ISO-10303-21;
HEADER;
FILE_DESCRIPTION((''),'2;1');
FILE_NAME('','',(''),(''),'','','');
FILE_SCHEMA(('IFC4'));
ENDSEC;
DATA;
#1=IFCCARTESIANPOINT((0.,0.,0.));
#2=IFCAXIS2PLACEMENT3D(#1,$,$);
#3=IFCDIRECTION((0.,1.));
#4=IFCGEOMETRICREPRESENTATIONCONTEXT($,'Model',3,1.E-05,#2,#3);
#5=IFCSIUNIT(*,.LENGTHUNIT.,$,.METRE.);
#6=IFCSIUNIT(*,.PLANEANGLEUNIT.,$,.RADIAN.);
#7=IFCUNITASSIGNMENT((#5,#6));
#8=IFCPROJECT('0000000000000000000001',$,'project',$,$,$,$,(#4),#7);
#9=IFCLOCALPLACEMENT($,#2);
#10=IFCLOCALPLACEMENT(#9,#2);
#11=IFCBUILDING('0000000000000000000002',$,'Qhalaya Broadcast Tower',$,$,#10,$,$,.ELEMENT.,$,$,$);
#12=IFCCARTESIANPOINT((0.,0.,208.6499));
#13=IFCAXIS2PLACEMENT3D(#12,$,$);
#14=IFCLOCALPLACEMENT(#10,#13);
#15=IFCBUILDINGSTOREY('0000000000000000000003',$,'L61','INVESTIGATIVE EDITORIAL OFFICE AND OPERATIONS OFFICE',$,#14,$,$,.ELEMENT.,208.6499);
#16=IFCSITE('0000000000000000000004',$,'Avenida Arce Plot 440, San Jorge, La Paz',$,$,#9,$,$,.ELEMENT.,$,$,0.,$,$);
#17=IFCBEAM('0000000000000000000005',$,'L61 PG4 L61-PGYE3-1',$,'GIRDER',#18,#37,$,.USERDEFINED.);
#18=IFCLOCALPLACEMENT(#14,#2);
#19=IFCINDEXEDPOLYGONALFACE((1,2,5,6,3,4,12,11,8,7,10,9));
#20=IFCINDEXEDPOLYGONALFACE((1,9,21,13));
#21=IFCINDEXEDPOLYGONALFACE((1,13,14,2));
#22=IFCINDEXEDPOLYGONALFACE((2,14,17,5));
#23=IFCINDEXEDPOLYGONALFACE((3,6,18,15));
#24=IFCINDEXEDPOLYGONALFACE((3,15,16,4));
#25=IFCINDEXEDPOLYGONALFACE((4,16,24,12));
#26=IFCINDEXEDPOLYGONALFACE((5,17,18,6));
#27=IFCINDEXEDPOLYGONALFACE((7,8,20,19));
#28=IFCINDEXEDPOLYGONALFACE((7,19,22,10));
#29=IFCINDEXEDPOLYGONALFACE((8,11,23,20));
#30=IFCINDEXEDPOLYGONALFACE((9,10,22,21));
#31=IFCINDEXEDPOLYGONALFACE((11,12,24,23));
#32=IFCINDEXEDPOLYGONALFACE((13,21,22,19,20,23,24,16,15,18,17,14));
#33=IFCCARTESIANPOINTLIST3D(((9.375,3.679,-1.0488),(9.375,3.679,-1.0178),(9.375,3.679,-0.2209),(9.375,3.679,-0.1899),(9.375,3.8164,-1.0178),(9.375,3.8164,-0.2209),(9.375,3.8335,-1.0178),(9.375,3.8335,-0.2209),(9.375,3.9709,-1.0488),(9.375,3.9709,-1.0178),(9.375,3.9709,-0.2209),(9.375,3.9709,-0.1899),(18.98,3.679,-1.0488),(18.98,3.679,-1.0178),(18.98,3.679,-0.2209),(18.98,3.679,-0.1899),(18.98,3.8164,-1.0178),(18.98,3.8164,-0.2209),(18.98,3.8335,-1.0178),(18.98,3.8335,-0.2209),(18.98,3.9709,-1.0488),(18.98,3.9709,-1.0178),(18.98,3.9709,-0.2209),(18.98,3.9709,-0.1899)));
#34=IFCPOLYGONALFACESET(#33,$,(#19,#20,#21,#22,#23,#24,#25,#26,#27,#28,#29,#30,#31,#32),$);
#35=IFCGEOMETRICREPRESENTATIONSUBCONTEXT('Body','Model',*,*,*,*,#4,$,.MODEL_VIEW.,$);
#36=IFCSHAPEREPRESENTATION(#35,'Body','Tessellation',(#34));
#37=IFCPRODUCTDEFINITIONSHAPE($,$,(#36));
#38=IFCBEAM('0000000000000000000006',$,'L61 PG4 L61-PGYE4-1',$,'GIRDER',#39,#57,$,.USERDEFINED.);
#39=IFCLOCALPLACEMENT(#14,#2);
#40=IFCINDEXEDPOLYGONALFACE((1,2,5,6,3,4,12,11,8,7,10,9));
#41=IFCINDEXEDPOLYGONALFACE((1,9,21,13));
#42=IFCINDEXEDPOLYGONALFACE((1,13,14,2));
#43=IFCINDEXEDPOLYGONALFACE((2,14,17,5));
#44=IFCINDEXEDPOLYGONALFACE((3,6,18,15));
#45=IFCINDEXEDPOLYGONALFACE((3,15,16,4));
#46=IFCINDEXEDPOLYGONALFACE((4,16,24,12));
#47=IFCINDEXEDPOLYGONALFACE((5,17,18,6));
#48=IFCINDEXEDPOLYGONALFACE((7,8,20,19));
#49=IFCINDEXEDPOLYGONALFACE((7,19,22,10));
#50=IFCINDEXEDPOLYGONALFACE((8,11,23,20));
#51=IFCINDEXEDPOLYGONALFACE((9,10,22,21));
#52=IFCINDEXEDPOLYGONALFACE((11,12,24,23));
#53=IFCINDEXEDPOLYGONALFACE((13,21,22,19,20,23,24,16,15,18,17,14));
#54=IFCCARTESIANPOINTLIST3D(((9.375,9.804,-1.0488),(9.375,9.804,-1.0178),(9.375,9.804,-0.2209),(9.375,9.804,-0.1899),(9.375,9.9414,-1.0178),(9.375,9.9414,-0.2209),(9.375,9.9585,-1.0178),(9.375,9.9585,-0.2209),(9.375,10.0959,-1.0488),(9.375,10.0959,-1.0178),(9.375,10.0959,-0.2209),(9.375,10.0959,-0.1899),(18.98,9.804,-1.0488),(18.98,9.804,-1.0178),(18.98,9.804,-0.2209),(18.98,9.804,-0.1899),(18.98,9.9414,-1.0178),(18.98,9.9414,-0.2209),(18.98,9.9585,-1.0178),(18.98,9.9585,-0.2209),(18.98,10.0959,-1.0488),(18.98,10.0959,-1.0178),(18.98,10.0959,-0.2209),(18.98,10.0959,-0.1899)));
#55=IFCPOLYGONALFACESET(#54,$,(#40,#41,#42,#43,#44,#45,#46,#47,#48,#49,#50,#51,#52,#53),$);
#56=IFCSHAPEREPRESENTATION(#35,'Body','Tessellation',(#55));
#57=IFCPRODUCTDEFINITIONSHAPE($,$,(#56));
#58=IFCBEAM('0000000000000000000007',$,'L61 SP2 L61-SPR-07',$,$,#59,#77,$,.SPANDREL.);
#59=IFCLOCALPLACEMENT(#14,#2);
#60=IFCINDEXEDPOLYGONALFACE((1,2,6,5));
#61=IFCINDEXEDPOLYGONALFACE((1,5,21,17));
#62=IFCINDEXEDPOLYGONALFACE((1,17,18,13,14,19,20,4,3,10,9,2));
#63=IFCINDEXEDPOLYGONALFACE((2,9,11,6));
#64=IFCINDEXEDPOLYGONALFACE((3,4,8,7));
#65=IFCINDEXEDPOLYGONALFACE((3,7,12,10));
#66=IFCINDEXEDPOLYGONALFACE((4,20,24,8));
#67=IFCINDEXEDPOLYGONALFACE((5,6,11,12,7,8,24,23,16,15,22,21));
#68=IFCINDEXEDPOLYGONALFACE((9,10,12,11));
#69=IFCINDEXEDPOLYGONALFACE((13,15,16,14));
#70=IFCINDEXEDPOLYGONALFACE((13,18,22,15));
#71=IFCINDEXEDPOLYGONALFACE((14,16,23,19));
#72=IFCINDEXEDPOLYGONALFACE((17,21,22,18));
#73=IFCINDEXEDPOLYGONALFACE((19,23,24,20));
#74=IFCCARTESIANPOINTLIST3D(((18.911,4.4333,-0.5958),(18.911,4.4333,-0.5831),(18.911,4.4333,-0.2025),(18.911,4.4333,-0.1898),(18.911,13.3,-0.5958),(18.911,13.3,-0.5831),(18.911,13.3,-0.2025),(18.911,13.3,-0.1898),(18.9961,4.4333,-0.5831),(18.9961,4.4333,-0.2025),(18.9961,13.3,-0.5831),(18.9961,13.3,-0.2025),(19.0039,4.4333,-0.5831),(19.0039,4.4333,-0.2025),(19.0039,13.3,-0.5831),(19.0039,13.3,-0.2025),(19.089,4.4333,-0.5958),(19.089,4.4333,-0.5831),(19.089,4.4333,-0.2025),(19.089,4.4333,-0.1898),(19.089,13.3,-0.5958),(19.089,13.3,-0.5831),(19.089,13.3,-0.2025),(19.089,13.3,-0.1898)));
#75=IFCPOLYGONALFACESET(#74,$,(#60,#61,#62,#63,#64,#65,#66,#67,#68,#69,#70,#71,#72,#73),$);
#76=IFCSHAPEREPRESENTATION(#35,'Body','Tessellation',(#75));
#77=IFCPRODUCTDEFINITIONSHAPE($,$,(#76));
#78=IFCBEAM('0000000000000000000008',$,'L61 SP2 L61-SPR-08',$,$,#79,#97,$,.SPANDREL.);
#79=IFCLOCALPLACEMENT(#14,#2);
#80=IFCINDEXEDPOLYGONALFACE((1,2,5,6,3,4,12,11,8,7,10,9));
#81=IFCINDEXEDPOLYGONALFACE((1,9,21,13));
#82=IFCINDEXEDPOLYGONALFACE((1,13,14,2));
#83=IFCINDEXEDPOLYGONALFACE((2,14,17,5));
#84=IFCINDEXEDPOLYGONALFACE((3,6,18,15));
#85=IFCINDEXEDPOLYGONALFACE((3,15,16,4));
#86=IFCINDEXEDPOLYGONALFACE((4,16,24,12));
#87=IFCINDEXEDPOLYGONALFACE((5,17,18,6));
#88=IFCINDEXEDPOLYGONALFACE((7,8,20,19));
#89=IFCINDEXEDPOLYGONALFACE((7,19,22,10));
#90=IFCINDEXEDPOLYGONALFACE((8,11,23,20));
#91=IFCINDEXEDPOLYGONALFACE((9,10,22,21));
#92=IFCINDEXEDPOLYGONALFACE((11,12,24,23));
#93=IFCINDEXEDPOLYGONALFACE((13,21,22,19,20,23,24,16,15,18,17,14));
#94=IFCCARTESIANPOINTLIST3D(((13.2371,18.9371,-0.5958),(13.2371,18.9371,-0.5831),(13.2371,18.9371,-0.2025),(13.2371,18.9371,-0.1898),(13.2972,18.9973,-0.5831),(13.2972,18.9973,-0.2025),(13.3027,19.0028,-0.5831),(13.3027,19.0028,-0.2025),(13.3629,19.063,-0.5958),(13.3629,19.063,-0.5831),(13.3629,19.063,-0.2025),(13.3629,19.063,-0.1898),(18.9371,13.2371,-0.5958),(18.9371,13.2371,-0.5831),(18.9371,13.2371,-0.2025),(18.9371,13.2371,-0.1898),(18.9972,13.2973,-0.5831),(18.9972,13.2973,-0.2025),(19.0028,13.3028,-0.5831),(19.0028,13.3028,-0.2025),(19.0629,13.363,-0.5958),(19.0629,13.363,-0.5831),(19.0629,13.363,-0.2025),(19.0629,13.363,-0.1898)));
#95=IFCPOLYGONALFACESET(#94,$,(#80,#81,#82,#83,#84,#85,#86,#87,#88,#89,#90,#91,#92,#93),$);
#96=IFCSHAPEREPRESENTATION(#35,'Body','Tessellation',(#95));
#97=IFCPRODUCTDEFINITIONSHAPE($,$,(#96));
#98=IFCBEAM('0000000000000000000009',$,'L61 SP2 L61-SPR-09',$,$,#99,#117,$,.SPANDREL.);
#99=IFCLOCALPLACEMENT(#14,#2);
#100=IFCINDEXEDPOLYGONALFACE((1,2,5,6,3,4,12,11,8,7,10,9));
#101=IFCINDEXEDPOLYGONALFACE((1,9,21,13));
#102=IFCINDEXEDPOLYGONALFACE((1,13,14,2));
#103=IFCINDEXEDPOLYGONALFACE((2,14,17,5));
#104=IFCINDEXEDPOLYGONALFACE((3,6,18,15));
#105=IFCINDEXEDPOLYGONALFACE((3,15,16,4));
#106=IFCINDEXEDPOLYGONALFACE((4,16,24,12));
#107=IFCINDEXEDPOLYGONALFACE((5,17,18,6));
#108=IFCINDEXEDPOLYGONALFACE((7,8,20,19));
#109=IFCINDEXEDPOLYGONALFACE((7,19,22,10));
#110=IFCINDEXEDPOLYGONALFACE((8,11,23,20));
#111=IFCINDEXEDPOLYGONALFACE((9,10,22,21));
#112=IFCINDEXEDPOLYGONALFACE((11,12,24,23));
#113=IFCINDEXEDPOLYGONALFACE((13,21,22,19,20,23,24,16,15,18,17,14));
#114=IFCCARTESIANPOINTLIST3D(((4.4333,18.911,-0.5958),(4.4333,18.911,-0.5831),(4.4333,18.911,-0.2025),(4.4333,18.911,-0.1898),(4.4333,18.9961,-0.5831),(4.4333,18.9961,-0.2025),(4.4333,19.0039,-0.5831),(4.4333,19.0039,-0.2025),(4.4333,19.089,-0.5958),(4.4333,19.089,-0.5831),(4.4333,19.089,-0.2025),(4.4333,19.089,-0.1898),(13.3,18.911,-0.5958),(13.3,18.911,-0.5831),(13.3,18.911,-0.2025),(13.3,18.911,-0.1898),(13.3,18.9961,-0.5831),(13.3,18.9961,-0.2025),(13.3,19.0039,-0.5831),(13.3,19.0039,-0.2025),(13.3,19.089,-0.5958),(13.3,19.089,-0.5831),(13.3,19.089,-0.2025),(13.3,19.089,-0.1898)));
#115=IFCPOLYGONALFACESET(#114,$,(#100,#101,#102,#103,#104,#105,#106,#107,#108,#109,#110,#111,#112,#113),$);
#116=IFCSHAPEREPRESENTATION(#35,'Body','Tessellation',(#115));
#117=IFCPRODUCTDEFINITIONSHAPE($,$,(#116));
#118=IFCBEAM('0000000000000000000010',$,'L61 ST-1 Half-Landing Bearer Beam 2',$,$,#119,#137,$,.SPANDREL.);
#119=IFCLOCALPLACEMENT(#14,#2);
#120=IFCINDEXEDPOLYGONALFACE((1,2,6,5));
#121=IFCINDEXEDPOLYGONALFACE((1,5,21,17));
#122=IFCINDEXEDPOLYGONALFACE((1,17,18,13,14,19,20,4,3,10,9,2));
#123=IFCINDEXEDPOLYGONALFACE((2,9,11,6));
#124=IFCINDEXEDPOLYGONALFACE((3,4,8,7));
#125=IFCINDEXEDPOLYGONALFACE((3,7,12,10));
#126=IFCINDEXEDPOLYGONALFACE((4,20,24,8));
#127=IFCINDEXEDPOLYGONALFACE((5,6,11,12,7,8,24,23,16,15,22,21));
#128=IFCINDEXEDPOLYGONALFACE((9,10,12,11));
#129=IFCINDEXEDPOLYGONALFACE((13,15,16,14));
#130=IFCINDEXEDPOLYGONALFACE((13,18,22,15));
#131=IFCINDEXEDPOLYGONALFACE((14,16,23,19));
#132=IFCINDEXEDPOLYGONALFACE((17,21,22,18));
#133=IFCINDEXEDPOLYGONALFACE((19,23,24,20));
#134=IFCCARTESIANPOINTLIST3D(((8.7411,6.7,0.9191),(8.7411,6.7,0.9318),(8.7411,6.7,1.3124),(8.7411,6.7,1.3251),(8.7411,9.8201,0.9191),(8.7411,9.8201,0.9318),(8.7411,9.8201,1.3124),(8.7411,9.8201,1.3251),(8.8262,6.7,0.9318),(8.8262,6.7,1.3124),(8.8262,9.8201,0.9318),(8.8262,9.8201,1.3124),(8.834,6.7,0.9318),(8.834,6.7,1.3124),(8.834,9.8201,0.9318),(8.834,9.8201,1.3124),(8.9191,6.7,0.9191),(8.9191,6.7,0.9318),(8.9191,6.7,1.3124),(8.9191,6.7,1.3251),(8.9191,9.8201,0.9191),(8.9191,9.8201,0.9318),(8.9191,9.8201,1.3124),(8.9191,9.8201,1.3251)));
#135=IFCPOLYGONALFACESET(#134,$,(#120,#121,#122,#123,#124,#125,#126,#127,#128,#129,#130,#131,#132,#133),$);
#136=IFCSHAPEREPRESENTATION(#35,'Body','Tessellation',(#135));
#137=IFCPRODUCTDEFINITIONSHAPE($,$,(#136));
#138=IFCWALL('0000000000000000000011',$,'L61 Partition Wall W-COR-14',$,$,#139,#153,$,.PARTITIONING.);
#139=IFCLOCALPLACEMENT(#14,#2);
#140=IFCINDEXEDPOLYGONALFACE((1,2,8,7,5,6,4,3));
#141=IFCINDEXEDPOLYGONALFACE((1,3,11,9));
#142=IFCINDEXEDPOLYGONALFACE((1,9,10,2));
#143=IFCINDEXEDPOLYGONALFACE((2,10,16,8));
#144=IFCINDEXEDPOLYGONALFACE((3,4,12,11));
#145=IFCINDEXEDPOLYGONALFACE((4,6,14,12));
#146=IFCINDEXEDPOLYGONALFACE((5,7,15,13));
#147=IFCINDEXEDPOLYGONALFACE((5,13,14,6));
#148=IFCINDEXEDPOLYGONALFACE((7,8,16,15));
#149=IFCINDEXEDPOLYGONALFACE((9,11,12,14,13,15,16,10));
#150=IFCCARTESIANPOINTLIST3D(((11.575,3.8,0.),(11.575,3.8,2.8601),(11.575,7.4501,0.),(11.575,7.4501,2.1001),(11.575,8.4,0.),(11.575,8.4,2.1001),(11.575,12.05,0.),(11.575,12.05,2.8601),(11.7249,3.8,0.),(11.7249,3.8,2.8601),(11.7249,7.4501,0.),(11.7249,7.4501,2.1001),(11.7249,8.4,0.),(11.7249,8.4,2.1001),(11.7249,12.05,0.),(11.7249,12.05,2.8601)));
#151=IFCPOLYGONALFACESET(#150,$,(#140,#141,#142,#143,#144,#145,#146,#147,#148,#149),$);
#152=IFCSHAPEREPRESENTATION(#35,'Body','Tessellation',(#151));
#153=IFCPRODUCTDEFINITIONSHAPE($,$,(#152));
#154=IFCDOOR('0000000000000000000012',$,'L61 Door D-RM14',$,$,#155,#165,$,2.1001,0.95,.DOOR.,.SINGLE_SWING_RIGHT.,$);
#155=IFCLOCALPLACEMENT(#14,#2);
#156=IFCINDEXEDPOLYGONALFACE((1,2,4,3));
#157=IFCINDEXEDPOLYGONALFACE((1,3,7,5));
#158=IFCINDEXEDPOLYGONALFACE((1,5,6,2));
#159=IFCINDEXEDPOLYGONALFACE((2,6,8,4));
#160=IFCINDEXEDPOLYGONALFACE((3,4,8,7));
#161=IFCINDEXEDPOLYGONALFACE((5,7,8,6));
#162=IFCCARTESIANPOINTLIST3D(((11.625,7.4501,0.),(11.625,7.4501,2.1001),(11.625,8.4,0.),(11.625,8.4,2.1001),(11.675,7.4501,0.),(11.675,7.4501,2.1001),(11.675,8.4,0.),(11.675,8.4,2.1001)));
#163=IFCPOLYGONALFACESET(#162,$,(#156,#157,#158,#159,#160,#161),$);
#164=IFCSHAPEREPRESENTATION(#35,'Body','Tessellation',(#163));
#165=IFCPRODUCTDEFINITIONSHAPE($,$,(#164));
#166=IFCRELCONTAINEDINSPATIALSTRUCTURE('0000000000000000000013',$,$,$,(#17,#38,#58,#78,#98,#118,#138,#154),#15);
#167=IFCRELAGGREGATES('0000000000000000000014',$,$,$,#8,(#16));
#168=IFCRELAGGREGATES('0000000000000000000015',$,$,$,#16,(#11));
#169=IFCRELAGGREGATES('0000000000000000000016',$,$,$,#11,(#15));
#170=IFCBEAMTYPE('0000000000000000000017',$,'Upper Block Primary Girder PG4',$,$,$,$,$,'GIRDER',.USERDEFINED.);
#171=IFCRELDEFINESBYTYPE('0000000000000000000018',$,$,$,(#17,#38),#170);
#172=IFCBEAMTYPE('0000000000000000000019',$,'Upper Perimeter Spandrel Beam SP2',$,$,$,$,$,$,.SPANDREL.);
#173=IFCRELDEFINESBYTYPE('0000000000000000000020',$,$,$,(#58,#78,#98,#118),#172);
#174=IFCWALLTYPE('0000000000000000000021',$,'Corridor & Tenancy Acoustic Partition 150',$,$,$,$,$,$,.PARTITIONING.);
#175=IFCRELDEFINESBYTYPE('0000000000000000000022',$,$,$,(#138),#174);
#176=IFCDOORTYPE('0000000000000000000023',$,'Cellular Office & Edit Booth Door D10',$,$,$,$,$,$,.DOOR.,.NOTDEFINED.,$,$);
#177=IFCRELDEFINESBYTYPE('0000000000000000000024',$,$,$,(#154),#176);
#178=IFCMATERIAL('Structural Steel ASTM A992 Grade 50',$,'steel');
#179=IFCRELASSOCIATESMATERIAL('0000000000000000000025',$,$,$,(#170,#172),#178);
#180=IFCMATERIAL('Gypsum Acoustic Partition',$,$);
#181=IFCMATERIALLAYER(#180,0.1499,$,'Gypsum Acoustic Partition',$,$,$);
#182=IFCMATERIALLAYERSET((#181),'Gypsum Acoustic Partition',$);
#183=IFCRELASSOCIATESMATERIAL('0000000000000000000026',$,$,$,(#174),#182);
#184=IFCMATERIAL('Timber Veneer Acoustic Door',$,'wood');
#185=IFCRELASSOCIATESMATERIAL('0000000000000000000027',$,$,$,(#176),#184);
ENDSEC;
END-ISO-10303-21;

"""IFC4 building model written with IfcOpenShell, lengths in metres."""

from ifc_helpers import new_model, si_unit, direction, frame, frame_2d, origin, origin_2d, place, context, subcontext, project, spatial, rectangle, i_section, extrude, material, layer, layer_set, material_profile, profile_set, type_object, element, fill, save


model = new_model("IFC4")

# Units and contexts
model_context = context("Model", 3, precision=1e-05, world=origin(), true_north=direction((0.0, 1.0)))
body_context = subcontext(model_context, "Body", "Model", "MODEL_VIEW")
ifc_project = project(units=[si_unit("LENGTHUNIT", "METRE"), si_unit("PLANEANGLEUNIT", "RADIAN")], contexts=[model_context])

# Site, building, storey
site_placement = place(None, origin())
site = spatial("IfcSite", under=ifc_project, at=site_placement, Name="Avenida Arce Plot 440, San Jorge, La Paz", CompositionType="ELEMENT", RefElevation=0.0)
building_placement = place(site_placement, origin())
building = spatial("IfcBuilding", under=site, at=building_placement, Name="Qhalaya Broadcast Tower", CompositionType="ELEMENT")
storey_placement = place(building_placement, frame((0.0, 0.0, 208.6499)))
storey = spatial("IfcBuildingStorey", under=building, at=storey_placement, Name="L61", Description="INVESTIGATIVE EDITORIAL OFFICE AND OPERATIONS OFFICE", CompositionType="ELEMENT", Elevation=208.6499)

# Shared definitions
ifc_material_1 = material(Name="Structural Steel ASTM A992 Grade 50", Category="steel")

# Beams
ifc_material_profile_1 = material_profile(ifc_material_1, i_section(OverallWidth=0.292, OverallDepth=0.8589, WebThickness=0.0171, FlangeThickness=0.031, at=origin_2d()), Name="W33X169")
ifc_profile_set_1 = profile_set([ifc_material_profile_1], Name="Structural Steel ASTM A992 Grade 50")
beam_type_1 = type_object("IfcBeamType", Name="Upper Block Primary Girder PG4", ElementType="GIRDER", PredefinedType="USERDEFINED", material=ifc_profile_set_1)
for number, where, z_axis, x_axis, name in (
    (1, (9.375, 3.825, -0.6194), (1.0, 0.0, 0.0), (0.0, 1.0, 0.0), "L61 PG4 L61-PGYE3-1"),
    (2, (9.375, 9.95, -0.6194), (1.0, 0.0, 0.0), (0.0, 1.0, 0.0), "L61 PG4 L61-PGYE4-1"),
):
    element("IfcBeam", number, at=place(storey_placement, frame(where, z_axis=z_axis, x_axis=x_axis)), inside=storey, type_object=beam_type_1, Name=name, ObjectType="GIRDER", PredefinedType="USERDEFINED", context=body_context, shape_type="SweptSolid", body=[
        extrude(i_section(OverallWidth=0.292, OverallDepth=0.8589, WebThickness=0.0171, FlangeThickness=0.031, at=origin_2d()), origin(), (0.0, 0.0, 1.0), 9.605),
    ])
ifc_material_profile_2 = material_profile(ifc_material_1, i_section(OverallWidth=0.178, OverallDepth=0.406, WebThickness=0.0078, FlangeThickness=0.0127, at=origin_2d()), Name="W16X40")
ifc_profile_set_2 = profile_set([ifc_material_profile_2], Name="Structural Steel ASTM A992 Grade 50")
beam_type_2 = type_object("IfcBeamType", Name="Upper Perimeter Spandrel Beam SP2", PredefinedType="SPANDREL", material=ifc_profile_set_2)
beam_1_placement = place(storey_placement, frame((19.0, 4.4333, -0.3928), z_axis=(0.0, 1.0, 0.0), x_axis=(-1.0, 0.0, 0.0)))
element("IfcBeam", 3, at=beam_1_placement, inside=storey, type_object=beam_type_2, Name="L61 SP2 L61-SPR-07", PredefinedType="SPANDREL", context=body_context, shape_type="SweptSolid", body=[
    extrude(i_section(OverallWidth=0.178, OverallDepth=0.406, WebThickness=0.0078, FlangeThickness=0.0127, at=origin_2d()), origin(), (0.0, 0.0, 1.0), 8.8667),
])
beam_2_placement = place(storey_placement, frame((19.0, 13.3, -0.3928), z_axis=(-0.707107, 0.707107, 0.0), x_axis=(-0.707107, -0.707107, 0.0)))
element("IfcBeam", 4, at=beam_2_placement, inside=storey, type_object=beam_type_2, Name="L61 SP2 L61-SPR-08", PredefinedType="SPANDREL", context=body_context, shape_type="SweptSolid", body=[
    extrude(i_section(OverallWidth=0.178, OverallDepth=0.406, WebThickness=0.0078, FlangeThickness=0.0127, at=origin_2d()), origin(), (0.0, 0.0, 1.0), 8.061),
])
beam_3_placement = place(storey_placement, frame((13.3, 19.0, -0.3928), z_axis=(-1.0, 0.0, 0.0), x_axis=(0.0, -1.0, 0.0)))
element("IfcBeam", 5, at=beam_3_placement, inside=storey, type_object=beam_type_2, Name="L61 SP2 L61-SPR-09", PredefinedType="SPANDREL", context=body_context, shape_type="SweptSolid", body=[
    extrude(i_section(OverallWidth=0.178, OverallDepth=0.406, WebThickness=0.0078, FlangeThickness=0.0127, at=origin_2d()), origin(), (0.0, 0.0, 1.0), 8.8667),
])
beam_4_placement = place(storey_placement, frame((8.8301, 6.7, 1.1221), z_axis=(0.0, 1.0, 0.0), x_axis=(-1.0, 0.0, 0.0)))
element("IfcBeam", 6, at=beam_4_placement, inside=storey, type_object=beam_type_2, Name="L61 ST-1 Half-Landing Bearer Beam 2", PredefinedType="SPANDREL", context=body_context, shape_type="SweptSolid", body=[
    extrude(i_section(OverallWidth=0.178, OverallDepth=0.406, WebThickness=0.0078, FlangeThickness=0.0127, at=origin_2d()), origin(), (0.0, 0.0, 1.0), 3.1201),
])

# Wall, opening, door
ifc_material_2 = material(Name="Gypsum Acoustic Partition")
ifc_layer_1 = layer(ifc_material_2, 0.1499, Name="Gypsum Acoustic Partition")
ifc_layer_set_1 = layer_set([ifc_layer_1], Name="Gypsum Acoustic Partition")
wall_type_1 = type_object("IfcWallType", Name="Corridor & Tenancy Acoustic Partition 150", PredefinedType="PARTITIONING", material=ifc_layer_set_1)
wall_1_placement = place(storey_placement, frame((11.6499, 3.8, 0.0), z_axis=(0.0, 0.0, 1.0), x_axis=(0.0, 1.0, 0.0)))
wall_1 = element("IfcWall", 7, at=wall_1_placement, inside=storey, type_object=wall_type_1, Name="L61 Partition Wall W-COR-14", PredefinedType="PARTITIONING", context=body_context, shape_type="SweptSolid", body=[
    extrude(rectangle(XDim=8.25, YDim=0.1499, at=frame_2d((4.125, 0.0))), origin(), (0.0, 0.0, 1.0), 2.8601),
])
opening_1_placement = place(wall_1_placement, frame((3.6499, 0.0, 0.0)))
opening_1 = element("IfcOpeningElement", 8, at=opening_1_placement, cuts=wall_1, PredefinedType="OPENING", context=body_context, shape_type="SweptSolid", body=[
    extrude(rectangle(XDim=0.95, YDim=2.1001, at=frame_2d((0.4751, 1.05))), frame((0.0, 0.0869, 0.0), z_axis=(0.0, -1.0, 0.0), x_axis=(1.0, 0.0, 0.0)), (0.0, 0.0, 1.0), 0.1738),
])
ifc_material_3 = material(Name="Timber Veneer Acoustic Door", Category="wood")
door_type_1 = type_object("IfcDoorType", Name="Cellular Office & Edit Booth Door D10", OperationType="NOTDEFINED", PredefinedType="DOOR", material=ifc_material_3)
door_1_placement = place(opening_1_placement, origin())
door_1 = element("IfcDoor", 9, at=door_1_placement, inside=storey, type_object=door_type_1, Name="L61 Door D-RM14", OperationType="SINGLE_SWING_RIGHT", OverallHeight=2.1001, OverallWidth=0.95, PredefinedType="DOOR", context=body_context, shape_type="SweptSolid", body=[
    extrude(rectangle(XDim=0.95, YDim=2.1001, at=frame_2d((0.4751, 1.05))), frame((0.0, 0.0249, 0.0), z_axis=(0.0, -1.0, 0.0), x_axis=(1.0, 0.0, 0.0)), (0.0, 0.0, 1.0), 0.05),
])
fill(opening_1, door_1)

save(model, "model.ifc")
